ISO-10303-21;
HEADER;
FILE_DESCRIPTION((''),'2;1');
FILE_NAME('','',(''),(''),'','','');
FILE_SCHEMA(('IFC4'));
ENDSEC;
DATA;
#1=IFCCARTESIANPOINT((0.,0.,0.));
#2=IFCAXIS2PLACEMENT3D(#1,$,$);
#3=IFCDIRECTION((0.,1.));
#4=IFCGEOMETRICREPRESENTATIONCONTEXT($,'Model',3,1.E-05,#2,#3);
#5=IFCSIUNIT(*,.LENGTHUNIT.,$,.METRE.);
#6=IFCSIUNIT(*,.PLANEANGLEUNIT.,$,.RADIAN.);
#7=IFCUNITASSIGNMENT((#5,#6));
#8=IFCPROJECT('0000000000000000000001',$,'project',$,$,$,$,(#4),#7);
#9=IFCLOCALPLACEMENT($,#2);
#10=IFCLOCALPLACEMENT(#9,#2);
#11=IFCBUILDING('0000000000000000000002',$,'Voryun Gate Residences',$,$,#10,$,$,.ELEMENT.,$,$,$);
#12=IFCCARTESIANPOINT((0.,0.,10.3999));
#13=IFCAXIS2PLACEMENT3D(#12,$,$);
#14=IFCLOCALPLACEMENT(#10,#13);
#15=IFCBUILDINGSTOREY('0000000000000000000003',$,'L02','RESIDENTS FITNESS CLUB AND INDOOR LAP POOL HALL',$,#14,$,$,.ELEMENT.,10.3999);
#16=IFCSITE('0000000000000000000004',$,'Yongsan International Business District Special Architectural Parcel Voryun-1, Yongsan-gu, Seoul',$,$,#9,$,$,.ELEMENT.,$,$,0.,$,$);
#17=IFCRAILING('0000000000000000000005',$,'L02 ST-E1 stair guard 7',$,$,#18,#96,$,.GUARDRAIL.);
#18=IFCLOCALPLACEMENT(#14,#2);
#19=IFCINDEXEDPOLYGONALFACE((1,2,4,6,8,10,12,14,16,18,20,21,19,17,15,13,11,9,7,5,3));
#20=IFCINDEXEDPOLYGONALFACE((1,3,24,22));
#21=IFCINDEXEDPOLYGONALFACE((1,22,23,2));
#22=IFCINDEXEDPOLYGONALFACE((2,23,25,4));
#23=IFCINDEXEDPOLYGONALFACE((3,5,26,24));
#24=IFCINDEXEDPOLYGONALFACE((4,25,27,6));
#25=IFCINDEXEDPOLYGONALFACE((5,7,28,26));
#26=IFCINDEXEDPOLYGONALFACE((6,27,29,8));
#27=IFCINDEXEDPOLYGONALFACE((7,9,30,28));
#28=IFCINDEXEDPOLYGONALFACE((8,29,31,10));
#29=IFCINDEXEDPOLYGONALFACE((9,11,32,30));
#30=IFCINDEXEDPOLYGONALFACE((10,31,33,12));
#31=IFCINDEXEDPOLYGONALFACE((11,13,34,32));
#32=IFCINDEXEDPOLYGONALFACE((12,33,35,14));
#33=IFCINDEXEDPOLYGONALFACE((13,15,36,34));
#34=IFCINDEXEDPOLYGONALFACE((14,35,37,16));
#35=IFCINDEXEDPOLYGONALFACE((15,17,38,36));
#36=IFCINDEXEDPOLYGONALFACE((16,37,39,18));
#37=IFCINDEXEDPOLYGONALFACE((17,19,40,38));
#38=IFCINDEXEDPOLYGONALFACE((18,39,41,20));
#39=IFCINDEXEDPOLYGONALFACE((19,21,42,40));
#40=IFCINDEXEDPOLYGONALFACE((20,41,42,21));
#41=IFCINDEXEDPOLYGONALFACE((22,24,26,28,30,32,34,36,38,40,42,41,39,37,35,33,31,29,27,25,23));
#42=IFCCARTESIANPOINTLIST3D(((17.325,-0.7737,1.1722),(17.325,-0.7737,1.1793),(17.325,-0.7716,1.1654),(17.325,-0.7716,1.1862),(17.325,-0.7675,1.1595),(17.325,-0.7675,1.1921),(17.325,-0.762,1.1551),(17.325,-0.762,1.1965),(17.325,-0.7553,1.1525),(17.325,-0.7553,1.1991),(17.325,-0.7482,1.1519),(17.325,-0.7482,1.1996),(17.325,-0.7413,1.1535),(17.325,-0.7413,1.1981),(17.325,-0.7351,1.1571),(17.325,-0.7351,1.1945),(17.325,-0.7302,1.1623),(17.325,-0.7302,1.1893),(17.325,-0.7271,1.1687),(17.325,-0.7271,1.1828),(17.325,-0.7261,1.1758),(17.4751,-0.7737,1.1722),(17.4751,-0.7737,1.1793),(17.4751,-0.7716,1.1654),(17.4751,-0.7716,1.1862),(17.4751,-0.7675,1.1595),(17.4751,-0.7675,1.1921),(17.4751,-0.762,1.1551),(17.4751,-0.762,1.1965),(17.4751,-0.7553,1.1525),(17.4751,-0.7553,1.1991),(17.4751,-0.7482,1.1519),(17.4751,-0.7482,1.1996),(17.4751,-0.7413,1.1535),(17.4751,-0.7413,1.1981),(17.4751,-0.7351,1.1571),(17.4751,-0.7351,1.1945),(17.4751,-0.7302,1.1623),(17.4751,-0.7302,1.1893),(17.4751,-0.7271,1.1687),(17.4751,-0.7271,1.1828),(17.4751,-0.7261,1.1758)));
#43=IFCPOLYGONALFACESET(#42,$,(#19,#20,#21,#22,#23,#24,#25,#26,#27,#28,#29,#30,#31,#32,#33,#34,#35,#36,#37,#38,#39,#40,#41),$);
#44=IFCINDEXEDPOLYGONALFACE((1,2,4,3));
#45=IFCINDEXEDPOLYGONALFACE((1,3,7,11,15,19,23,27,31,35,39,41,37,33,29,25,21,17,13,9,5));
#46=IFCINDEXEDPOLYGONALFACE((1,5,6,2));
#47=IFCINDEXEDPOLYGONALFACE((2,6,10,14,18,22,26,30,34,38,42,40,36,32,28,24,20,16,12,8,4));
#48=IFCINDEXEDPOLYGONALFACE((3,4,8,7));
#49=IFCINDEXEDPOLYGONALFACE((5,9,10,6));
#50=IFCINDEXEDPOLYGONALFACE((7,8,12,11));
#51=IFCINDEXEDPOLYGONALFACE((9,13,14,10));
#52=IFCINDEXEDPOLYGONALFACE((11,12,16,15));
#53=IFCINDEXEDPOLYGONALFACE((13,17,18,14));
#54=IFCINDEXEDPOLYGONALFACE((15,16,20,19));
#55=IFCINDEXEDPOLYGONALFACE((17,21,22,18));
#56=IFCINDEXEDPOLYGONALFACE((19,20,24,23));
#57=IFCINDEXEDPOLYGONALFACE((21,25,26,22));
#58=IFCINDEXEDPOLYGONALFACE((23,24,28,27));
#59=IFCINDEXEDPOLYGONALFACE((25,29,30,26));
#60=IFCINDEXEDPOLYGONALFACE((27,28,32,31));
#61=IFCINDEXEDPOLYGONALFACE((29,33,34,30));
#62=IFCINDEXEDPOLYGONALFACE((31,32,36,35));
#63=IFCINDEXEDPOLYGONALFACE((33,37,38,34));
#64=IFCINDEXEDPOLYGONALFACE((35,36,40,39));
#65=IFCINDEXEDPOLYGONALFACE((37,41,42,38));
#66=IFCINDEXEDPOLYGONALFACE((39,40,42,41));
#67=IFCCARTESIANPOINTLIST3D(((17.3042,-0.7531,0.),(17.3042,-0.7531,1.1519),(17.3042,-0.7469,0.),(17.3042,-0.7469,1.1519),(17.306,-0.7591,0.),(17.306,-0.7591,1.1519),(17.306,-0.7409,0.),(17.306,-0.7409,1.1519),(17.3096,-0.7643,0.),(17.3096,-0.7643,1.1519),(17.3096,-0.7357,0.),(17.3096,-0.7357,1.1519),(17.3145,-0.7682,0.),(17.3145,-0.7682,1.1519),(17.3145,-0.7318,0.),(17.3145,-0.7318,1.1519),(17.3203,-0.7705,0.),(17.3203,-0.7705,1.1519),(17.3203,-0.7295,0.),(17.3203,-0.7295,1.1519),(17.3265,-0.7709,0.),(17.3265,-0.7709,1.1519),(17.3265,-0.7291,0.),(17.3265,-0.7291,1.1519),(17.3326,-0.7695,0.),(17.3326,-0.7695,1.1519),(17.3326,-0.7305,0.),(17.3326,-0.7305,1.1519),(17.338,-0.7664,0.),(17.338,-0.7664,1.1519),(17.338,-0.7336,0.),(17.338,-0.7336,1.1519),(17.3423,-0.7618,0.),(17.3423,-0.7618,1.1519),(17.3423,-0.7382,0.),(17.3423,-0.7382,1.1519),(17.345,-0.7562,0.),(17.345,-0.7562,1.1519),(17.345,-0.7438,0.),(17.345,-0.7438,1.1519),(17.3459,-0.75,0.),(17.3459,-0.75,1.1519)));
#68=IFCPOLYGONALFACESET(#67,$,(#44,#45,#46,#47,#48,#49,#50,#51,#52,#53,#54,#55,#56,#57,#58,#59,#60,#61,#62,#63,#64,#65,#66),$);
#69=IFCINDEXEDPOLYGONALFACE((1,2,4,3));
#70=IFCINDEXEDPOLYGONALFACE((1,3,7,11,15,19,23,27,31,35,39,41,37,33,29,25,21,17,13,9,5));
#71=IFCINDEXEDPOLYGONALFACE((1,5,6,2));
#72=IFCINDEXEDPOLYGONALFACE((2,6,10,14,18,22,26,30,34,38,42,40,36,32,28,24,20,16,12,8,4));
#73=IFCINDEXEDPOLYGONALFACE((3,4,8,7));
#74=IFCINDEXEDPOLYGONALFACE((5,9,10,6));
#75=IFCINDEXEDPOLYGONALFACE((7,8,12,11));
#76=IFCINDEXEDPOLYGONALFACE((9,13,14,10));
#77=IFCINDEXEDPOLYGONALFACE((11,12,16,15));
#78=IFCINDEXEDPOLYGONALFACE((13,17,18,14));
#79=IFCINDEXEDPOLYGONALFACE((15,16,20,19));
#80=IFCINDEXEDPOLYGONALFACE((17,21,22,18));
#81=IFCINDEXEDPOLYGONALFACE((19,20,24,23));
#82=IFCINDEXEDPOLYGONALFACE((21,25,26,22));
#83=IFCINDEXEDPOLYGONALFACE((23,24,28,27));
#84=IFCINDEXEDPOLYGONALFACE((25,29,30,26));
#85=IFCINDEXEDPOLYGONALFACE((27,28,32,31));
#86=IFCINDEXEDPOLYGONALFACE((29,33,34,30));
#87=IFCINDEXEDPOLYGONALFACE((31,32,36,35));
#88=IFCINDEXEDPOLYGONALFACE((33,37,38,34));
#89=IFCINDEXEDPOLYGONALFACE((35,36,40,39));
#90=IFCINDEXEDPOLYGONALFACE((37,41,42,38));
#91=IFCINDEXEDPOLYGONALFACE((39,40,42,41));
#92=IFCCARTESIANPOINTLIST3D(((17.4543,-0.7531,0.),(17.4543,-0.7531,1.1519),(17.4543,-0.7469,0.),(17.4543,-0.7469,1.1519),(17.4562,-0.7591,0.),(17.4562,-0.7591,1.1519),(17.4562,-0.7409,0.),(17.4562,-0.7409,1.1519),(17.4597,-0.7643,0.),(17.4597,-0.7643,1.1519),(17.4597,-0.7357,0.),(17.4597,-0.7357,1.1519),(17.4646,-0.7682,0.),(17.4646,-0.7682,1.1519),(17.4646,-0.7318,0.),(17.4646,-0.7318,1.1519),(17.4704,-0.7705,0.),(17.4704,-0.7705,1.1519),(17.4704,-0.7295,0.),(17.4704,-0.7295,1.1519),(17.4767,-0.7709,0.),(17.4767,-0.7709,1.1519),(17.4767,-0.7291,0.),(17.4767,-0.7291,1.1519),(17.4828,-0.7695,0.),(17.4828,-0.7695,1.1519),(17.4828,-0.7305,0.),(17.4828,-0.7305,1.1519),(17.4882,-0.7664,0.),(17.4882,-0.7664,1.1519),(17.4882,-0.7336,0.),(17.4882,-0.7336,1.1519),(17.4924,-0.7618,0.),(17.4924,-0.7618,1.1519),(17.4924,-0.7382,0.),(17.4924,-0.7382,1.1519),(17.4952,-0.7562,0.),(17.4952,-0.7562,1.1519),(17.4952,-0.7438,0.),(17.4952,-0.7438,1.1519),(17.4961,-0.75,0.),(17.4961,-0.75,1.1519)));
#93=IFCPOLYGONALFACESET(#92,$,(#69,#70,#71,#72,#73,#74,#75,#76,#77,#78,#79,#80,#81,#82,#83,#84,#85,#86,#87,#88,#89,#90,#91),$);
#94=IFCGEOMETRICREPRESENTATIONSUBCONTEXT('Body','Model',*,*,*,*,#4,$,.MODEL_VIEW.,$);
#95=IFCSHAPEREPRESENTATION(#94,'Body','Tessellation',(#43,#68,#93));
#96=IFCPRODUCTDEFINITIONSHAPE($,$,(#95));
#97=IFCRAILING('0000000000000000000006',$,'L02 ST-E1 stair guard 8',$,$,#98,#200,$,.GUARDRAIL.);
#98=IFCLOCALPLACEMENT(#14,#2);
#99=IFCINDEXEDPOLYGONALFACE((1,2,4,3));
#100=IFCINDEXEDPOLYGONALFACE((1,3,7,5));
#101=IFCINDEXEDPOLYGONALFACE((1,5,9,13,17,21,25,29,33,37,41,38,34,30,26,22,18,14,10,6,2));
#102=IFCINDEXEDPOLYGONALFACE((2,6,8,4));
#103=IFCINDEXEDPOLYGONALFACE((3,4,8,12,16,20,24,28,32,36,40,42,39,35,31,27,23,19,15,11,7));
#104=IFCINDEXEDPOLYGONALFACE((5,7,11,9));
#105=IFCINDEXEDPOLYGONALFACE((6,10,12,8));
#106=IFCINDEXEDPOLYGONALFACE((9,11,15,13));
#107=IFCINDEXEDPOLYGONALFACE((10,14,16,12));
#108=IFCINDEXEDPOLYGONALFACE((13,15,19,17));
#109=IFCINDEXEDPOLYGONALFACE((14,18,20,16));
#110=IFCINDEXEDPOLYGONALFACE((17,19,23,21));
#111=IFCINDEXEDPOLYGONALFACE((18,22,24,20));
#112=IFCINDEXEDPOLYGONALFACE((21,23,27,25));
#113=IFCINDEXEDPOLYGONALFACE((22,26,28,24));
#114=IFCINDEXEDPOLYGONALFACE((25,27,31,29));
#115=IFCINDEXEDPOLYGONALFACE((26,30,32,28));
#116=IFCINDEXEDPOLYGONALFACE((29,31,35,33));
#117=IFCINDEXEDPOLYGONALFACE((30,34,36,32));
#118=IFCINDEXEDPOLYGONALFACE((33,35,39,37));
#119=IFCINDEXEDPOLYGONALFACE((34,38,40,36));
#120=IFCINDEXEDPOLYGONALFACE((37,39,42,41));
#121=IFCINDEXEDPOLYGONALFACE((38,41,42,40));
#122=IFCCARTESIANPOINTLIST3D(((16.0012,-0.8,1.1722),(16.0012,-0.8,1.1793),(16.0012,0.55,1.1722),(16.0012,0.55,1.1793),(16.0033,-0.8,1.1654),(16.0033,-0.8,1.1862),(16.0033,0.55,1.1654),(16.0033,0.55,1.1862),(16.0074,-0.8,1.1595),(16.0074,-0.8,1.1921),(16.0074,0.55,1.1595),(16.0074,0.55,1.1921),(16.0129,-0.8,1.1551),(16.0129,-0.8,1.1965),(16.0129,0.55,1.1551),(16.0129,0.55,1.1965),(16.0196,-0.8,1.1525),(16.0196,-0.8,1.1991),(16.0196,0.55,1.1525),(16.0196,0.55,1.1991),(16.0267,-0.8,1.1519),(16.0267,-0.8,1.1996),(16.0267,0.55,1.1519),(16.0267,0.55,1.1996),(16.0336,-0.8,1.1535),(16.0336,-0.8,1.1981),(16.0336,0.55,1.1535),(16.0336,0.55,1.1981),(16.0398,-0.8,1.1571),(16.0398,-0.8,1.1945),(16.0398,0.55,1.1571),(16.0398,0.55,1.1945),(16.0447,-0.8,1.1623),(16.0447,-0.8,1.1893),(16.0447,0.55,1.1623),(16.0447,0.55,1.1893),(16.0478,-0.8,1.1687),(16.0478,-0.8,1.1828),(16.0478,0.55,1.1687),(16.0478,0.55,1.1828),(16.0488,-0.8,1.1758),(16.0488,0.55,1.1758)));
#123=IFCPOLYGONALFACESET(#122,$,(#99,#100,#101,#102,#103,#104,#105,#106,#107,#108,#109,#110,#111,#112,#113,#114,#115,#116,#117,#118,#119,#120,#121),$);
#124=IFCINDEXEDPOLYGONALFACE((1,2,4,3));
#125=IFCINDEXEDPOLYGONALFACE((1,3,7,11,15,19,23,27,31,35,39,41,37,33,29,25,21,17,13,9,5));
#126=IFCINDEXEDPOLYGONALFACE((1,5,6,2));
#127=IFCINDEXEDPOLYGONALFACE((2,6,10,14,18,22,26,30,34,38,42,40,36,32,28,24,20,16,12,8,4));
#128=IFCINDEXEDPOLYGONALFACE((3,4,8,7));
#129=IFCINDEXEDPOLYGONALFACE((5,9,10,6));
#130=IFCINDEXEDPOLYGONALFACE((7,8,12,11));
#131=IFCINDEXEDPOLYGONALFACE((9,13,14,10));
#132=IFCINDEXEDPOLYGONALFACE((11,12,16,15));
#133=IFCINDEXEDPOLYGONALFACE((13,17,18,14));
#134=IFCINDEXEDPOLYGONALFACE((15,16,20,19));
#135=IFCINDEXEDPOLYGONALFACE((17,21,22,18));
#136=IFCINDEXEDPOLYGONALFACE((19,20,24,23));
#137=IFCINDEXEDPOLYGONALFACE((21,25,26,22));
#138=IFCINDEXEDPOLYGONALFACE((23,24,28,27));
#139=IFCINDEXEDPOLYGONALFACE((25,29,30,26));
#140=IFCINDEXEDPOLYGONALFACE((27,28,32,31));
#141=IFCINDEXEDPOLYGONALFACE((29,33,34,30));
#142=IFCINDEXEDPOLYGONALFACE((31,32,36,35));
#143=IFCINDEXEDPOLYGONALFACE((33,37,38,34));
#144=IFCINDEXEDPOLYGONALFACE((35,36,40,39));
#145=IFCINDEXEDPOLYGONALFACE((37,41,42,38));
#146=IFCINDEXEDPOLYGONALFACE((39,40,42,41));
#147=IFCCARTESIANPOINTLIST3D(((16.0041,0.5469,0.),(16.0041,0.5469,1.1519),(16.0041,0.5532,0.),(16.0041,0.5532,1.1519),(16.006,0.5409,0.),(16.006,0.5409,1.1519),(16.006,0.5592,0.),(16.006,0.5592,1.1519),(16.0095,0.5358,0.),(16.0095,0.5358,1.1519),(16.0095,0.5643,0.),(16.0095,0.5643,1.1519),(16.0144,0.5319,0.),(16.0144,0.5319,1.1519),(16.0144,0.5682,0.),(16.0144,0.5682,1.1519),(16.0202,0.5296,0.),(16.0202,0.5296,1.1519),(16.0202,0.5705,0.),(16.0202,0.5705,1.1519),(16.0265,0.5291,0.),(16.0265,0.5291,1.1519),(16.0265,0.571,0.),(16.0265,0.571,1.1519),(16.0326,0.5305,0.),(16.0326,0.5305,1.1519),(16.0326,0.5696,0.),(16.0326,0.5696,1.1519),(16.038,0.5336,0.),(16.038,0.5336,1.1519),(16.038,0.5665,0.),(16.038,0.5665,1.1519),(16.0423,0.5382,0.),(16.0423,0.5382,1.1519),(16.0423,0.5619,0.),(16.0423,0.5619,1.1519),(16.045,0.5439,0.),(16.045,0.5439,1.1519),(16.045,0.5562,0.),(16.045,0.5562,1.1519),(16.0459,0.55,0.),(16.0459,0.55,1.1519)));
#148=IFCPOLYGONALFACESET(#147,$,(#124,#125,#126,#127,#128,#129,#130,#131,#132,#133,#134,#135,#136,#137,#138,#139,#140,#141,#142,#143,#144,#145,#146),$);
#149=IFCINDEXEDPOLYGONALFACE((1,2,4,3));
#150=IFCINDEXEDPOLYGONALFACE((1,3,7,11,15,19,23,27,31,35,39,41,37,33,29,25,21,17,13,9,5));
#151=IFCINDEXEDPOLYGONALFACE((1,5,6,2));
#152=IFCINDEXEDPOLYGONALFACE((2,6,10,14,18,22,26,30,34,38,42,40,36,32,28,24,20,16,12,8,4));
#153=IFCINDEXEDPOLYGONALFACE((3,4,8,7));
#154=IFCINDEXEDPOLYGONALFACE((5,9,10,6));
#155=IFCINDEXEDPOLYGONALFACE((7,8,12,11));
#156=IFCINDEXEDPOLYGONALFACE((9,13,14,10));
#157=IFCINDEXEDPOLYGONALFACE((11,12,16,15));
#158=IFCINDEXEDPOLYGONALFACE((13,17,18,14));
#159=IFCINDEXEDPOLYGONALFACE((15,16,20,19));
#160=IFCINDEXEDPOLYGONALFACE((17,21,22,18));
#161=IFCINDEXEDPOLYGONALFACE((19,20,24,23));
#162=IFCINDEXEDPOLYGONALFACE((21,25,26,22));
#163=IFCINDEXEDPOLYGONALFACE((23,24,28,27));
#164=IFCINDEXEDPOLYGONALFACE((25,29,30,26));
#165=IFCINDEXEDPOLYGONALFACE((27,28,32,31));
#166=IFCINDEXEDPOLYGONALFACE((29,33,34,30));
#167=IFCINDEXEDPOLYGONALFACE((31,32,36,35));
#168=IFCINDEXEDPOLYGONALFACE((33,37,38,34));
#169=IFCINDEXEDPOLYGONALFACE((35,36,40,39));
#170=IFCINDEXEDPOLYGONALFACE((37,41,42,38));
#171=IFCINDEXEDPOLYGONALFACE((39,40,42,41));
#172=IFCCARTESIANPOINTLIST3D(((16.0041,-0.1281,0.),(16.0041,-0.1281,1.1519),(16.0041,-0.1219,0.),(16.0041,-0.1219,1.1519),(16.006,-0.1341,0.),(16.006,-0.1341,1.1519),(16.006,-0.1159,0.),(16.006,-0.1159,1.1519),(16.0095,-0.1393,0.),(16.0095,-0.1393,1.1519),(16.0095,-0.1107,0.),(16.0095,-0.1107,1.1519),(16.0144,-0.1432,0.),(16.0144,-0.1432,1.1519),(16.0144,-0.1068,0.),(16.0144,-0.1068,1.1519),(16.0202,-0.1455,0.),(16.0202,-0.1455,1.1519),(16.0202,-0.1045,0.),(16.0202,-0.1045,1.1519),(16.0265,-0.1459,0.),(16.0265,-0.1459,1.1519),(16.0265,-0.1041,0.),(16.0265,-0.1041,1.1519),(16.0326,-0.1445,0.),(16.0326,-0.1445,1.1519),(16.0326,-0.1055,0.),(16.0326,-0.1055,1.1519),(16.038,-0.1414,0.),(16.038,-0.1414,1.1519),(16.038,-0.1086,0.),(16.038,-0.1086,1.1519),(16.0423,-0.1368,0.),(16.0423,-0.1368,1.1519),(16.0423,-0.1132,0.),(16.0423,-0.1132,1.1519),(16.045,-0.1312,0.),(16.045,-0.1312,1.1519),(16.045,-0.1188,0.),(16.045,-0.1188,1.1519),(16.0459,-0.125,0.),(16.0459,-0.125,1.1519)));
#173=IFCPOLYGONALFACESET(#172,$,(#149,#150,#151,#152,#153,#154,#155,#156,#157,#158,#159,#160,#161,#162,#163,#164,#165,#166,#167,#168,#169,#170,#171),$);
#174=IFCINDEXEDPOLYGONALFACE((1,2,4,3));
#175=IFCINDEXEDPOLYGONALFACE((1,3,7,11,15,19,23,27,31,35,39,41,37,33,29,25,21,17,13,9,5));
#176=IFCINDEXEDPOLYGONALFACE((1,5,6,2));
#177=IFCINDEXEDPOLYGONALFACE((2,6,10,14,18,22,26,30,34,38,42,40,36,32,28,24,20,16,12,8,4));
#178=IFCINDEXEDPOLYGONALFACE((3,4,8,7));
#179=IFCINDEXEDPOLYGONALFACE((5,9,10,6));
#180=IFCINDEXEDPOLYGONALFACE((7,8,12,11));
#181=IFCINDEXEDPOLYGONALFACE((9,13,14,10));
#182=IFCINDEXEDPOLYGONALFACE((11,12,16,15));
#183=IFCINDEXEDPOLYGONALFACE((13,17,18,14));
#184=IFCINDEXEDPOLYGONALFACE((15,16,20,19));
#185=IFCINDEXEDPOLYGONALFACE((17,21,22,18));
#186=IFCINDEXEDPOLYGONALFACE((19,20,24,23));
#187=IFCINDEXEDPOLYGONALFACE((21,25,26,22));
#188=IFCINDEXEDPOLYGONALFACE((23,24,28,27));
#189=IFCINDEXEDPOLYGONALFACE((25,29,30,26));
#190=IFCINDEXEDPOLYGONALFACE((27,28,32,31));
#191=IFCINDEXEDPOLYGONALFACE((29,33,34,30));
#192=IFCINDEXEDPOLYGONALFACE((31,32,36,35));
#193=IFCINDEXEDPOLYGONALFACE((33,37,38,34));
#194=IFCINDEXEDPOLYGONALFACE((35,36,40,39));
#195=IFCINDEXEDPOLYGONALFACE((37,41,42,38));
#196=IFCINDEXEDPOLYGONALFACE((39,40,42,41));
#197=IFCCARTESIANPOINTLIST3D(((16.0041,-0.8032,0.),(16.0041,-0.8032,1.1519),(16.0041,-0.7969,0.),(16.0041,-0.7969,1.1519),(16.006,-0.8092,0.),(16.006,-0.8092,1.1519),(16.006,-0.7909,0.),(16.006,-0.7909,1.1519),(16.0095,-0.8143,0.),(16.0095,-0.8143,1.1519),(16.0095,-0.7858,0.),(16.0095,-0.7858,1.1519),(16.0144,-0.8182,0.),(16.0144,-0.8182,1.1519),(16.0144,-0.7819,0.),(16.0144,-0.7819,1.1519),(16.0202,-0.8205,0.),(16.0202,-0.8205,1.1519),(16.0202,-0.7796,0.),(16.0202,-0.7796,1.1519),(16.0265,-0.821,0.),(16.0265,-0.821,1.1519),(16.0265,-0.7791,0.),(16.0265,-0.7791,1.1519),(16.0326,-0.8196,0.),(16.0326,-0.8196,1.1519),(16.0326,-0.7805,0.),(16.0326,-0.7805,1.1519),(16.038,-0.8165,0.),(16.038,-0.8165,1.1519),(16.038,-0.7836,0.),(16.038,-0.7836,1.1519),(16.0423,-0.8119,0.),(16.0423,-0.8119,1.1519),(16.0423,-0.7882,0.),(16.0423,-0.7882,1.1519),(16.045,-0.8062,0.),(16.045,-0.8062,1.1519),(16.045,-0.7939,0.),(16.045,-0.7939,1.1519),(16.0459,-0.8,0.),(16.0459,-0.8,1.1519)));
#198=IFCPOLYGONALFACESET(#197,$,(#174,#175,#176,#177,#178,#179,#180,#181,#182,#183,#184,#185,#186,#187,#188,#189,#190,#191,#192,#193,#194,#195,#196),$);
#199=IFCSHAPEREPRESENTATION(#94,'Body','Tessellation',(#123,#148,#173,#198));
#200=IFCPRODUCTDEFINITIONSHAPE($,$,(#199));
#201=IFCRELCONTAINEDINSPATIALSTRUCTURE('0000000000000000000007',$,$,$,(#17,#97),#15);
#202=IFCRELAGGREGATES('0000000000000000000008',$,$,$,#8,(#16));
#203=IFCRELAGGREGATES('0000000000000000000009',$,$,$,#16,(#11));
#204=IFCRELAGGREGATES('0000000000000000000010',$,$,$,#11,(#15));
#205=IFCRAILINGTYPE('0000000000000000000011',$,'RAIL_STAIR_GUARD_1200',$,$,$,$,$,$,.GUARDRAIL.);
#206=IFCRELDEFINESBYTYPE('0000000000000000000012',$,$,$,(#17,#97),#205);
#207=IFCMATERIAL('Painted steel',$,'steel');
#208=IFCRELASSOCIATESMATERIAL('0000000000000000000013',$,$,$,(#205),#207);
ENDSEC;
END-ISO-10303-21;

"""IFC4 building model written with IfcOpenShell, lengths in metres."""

from ifc_helpers import new_model, si_unit, direction, frame, origin, origin_2d, place, context, subcontext, project, spatial, circle, extrude, material, type_object, element, save


model = new_model("IFC4")

# Units and contexts
model_context = context("Model", 3, precision=1e-05, world=origin(), true_north=direction((0.0, 1.0)))
body_context = subcontext(model_context, "Body", "Model", "MODEL_VIEW")
ifc_project = project(units=[si_unit("LENGTHUNIT", "METRE"), si_unit("PLANEANGLEUNIT", "RADIAN")], contexts=[model_context])

# Site, building, storey
site_placement = place(None, origin())
site = spatial("IfcSite", under=ifc_project, at=site_placement, Name="Yongsan International Business District Special Architectural Parcel Voryun-1, Yongsan-gu, Seoul", CompositionType="ELEMENT", RefElevation=0.0)
building_placement = place(site_placement, origin())
building = spatial("IfcBuilding", under=site, at=building_placement, Name="Voryun Gate Residences", CompositionType="ELEMENT")
storey_placement = place(building_placement, frame((0.0, 0.0, 10.3999)))
storey = spatial("IfcBuildingStorey", under=building, at=storey_placement, Name="L02", Description="RESIDENTS FITNESS CLUB AND INDOOR LAP POOL HALL", CompositionType="ELEMENT", Elevation=10.3999)

# Railings
ifc_material_1 = material(Name="Painted steel", Category="steel")
railing_type_1 = type_object("IfcRailingType", Name="RAIL_STAIR_GUARD_1200", PredefinedType="GUARDRAIL", material=ifc_material_1)
railing_1_placement = place(storey_placement, frame((17.325, -0.75, 0.0)))
element("IfcRailing", 1, at=railing_1_placement, inside=storey, type_object=railing_type_1, Name="L02 ST-E1 stair guard 7", PredefinedType="GUARDRAIL", context=body_context, shape_type="SweptSolid", body=[
    extrude(circle(Radius=0.0239, at=origin_2d()), frame((0.0, 0.0, 1.1758), z_axis=(1.0, 0.0, 0.0), x_axis=(0.0, 1.0, 0.0)), (0.0, 0.0, 1.0), 0.1501),
    extrude(circle(Radius=0.021, at=origin_2d()), origin(), (0.0, 0.0, 1.0), 1.1519),
    extrude(circle(Radius=0.021, at=origin_2d()), frame((0.1501, 0.0, 0.0)), (0.0, 0.0, 1.0), 1.1519),
])
for number, where, name in (
    (2, (16.0249, 0.55, 0.0), "L02 ST-E1 stair guard 8"),
):
    element("IfcRailing", number, at=place(storey_placement, frame(where)), inside=storey, type_object=railing_type_1, Name=name, PredefinedType="GUARDRAIL", context=body_context, shape_type="SweptSolid", body=[
        extrude(circle(Radius=0.0239, at=origin_2d()), frame((0.0, 0.0, 1.1758), z_axis=(0.0, -1.0, 0.0), x_axis=(1.0, 0.0, 0.0)), (0.0, 0.0, 1.0), 1.3501),
        extrude(circle(Radius=0.021, at=origin_2d()), origin(), (0.0, 0.0, 1.0), 1.1519),
        extrude(circle(Radius=0.021, at=origin_2d()), frame((0.0, -0.675, 0.0)), (0.0, 0.0, 1.0), 1.1519),
        extrude(circle(Radius=0.021, at=origin_2d()), frame((0.0, -1.3501, 0.0)), (0.0, 0.0, 1.0), 1.1519),
    ])

save(model, "model.ifc")
